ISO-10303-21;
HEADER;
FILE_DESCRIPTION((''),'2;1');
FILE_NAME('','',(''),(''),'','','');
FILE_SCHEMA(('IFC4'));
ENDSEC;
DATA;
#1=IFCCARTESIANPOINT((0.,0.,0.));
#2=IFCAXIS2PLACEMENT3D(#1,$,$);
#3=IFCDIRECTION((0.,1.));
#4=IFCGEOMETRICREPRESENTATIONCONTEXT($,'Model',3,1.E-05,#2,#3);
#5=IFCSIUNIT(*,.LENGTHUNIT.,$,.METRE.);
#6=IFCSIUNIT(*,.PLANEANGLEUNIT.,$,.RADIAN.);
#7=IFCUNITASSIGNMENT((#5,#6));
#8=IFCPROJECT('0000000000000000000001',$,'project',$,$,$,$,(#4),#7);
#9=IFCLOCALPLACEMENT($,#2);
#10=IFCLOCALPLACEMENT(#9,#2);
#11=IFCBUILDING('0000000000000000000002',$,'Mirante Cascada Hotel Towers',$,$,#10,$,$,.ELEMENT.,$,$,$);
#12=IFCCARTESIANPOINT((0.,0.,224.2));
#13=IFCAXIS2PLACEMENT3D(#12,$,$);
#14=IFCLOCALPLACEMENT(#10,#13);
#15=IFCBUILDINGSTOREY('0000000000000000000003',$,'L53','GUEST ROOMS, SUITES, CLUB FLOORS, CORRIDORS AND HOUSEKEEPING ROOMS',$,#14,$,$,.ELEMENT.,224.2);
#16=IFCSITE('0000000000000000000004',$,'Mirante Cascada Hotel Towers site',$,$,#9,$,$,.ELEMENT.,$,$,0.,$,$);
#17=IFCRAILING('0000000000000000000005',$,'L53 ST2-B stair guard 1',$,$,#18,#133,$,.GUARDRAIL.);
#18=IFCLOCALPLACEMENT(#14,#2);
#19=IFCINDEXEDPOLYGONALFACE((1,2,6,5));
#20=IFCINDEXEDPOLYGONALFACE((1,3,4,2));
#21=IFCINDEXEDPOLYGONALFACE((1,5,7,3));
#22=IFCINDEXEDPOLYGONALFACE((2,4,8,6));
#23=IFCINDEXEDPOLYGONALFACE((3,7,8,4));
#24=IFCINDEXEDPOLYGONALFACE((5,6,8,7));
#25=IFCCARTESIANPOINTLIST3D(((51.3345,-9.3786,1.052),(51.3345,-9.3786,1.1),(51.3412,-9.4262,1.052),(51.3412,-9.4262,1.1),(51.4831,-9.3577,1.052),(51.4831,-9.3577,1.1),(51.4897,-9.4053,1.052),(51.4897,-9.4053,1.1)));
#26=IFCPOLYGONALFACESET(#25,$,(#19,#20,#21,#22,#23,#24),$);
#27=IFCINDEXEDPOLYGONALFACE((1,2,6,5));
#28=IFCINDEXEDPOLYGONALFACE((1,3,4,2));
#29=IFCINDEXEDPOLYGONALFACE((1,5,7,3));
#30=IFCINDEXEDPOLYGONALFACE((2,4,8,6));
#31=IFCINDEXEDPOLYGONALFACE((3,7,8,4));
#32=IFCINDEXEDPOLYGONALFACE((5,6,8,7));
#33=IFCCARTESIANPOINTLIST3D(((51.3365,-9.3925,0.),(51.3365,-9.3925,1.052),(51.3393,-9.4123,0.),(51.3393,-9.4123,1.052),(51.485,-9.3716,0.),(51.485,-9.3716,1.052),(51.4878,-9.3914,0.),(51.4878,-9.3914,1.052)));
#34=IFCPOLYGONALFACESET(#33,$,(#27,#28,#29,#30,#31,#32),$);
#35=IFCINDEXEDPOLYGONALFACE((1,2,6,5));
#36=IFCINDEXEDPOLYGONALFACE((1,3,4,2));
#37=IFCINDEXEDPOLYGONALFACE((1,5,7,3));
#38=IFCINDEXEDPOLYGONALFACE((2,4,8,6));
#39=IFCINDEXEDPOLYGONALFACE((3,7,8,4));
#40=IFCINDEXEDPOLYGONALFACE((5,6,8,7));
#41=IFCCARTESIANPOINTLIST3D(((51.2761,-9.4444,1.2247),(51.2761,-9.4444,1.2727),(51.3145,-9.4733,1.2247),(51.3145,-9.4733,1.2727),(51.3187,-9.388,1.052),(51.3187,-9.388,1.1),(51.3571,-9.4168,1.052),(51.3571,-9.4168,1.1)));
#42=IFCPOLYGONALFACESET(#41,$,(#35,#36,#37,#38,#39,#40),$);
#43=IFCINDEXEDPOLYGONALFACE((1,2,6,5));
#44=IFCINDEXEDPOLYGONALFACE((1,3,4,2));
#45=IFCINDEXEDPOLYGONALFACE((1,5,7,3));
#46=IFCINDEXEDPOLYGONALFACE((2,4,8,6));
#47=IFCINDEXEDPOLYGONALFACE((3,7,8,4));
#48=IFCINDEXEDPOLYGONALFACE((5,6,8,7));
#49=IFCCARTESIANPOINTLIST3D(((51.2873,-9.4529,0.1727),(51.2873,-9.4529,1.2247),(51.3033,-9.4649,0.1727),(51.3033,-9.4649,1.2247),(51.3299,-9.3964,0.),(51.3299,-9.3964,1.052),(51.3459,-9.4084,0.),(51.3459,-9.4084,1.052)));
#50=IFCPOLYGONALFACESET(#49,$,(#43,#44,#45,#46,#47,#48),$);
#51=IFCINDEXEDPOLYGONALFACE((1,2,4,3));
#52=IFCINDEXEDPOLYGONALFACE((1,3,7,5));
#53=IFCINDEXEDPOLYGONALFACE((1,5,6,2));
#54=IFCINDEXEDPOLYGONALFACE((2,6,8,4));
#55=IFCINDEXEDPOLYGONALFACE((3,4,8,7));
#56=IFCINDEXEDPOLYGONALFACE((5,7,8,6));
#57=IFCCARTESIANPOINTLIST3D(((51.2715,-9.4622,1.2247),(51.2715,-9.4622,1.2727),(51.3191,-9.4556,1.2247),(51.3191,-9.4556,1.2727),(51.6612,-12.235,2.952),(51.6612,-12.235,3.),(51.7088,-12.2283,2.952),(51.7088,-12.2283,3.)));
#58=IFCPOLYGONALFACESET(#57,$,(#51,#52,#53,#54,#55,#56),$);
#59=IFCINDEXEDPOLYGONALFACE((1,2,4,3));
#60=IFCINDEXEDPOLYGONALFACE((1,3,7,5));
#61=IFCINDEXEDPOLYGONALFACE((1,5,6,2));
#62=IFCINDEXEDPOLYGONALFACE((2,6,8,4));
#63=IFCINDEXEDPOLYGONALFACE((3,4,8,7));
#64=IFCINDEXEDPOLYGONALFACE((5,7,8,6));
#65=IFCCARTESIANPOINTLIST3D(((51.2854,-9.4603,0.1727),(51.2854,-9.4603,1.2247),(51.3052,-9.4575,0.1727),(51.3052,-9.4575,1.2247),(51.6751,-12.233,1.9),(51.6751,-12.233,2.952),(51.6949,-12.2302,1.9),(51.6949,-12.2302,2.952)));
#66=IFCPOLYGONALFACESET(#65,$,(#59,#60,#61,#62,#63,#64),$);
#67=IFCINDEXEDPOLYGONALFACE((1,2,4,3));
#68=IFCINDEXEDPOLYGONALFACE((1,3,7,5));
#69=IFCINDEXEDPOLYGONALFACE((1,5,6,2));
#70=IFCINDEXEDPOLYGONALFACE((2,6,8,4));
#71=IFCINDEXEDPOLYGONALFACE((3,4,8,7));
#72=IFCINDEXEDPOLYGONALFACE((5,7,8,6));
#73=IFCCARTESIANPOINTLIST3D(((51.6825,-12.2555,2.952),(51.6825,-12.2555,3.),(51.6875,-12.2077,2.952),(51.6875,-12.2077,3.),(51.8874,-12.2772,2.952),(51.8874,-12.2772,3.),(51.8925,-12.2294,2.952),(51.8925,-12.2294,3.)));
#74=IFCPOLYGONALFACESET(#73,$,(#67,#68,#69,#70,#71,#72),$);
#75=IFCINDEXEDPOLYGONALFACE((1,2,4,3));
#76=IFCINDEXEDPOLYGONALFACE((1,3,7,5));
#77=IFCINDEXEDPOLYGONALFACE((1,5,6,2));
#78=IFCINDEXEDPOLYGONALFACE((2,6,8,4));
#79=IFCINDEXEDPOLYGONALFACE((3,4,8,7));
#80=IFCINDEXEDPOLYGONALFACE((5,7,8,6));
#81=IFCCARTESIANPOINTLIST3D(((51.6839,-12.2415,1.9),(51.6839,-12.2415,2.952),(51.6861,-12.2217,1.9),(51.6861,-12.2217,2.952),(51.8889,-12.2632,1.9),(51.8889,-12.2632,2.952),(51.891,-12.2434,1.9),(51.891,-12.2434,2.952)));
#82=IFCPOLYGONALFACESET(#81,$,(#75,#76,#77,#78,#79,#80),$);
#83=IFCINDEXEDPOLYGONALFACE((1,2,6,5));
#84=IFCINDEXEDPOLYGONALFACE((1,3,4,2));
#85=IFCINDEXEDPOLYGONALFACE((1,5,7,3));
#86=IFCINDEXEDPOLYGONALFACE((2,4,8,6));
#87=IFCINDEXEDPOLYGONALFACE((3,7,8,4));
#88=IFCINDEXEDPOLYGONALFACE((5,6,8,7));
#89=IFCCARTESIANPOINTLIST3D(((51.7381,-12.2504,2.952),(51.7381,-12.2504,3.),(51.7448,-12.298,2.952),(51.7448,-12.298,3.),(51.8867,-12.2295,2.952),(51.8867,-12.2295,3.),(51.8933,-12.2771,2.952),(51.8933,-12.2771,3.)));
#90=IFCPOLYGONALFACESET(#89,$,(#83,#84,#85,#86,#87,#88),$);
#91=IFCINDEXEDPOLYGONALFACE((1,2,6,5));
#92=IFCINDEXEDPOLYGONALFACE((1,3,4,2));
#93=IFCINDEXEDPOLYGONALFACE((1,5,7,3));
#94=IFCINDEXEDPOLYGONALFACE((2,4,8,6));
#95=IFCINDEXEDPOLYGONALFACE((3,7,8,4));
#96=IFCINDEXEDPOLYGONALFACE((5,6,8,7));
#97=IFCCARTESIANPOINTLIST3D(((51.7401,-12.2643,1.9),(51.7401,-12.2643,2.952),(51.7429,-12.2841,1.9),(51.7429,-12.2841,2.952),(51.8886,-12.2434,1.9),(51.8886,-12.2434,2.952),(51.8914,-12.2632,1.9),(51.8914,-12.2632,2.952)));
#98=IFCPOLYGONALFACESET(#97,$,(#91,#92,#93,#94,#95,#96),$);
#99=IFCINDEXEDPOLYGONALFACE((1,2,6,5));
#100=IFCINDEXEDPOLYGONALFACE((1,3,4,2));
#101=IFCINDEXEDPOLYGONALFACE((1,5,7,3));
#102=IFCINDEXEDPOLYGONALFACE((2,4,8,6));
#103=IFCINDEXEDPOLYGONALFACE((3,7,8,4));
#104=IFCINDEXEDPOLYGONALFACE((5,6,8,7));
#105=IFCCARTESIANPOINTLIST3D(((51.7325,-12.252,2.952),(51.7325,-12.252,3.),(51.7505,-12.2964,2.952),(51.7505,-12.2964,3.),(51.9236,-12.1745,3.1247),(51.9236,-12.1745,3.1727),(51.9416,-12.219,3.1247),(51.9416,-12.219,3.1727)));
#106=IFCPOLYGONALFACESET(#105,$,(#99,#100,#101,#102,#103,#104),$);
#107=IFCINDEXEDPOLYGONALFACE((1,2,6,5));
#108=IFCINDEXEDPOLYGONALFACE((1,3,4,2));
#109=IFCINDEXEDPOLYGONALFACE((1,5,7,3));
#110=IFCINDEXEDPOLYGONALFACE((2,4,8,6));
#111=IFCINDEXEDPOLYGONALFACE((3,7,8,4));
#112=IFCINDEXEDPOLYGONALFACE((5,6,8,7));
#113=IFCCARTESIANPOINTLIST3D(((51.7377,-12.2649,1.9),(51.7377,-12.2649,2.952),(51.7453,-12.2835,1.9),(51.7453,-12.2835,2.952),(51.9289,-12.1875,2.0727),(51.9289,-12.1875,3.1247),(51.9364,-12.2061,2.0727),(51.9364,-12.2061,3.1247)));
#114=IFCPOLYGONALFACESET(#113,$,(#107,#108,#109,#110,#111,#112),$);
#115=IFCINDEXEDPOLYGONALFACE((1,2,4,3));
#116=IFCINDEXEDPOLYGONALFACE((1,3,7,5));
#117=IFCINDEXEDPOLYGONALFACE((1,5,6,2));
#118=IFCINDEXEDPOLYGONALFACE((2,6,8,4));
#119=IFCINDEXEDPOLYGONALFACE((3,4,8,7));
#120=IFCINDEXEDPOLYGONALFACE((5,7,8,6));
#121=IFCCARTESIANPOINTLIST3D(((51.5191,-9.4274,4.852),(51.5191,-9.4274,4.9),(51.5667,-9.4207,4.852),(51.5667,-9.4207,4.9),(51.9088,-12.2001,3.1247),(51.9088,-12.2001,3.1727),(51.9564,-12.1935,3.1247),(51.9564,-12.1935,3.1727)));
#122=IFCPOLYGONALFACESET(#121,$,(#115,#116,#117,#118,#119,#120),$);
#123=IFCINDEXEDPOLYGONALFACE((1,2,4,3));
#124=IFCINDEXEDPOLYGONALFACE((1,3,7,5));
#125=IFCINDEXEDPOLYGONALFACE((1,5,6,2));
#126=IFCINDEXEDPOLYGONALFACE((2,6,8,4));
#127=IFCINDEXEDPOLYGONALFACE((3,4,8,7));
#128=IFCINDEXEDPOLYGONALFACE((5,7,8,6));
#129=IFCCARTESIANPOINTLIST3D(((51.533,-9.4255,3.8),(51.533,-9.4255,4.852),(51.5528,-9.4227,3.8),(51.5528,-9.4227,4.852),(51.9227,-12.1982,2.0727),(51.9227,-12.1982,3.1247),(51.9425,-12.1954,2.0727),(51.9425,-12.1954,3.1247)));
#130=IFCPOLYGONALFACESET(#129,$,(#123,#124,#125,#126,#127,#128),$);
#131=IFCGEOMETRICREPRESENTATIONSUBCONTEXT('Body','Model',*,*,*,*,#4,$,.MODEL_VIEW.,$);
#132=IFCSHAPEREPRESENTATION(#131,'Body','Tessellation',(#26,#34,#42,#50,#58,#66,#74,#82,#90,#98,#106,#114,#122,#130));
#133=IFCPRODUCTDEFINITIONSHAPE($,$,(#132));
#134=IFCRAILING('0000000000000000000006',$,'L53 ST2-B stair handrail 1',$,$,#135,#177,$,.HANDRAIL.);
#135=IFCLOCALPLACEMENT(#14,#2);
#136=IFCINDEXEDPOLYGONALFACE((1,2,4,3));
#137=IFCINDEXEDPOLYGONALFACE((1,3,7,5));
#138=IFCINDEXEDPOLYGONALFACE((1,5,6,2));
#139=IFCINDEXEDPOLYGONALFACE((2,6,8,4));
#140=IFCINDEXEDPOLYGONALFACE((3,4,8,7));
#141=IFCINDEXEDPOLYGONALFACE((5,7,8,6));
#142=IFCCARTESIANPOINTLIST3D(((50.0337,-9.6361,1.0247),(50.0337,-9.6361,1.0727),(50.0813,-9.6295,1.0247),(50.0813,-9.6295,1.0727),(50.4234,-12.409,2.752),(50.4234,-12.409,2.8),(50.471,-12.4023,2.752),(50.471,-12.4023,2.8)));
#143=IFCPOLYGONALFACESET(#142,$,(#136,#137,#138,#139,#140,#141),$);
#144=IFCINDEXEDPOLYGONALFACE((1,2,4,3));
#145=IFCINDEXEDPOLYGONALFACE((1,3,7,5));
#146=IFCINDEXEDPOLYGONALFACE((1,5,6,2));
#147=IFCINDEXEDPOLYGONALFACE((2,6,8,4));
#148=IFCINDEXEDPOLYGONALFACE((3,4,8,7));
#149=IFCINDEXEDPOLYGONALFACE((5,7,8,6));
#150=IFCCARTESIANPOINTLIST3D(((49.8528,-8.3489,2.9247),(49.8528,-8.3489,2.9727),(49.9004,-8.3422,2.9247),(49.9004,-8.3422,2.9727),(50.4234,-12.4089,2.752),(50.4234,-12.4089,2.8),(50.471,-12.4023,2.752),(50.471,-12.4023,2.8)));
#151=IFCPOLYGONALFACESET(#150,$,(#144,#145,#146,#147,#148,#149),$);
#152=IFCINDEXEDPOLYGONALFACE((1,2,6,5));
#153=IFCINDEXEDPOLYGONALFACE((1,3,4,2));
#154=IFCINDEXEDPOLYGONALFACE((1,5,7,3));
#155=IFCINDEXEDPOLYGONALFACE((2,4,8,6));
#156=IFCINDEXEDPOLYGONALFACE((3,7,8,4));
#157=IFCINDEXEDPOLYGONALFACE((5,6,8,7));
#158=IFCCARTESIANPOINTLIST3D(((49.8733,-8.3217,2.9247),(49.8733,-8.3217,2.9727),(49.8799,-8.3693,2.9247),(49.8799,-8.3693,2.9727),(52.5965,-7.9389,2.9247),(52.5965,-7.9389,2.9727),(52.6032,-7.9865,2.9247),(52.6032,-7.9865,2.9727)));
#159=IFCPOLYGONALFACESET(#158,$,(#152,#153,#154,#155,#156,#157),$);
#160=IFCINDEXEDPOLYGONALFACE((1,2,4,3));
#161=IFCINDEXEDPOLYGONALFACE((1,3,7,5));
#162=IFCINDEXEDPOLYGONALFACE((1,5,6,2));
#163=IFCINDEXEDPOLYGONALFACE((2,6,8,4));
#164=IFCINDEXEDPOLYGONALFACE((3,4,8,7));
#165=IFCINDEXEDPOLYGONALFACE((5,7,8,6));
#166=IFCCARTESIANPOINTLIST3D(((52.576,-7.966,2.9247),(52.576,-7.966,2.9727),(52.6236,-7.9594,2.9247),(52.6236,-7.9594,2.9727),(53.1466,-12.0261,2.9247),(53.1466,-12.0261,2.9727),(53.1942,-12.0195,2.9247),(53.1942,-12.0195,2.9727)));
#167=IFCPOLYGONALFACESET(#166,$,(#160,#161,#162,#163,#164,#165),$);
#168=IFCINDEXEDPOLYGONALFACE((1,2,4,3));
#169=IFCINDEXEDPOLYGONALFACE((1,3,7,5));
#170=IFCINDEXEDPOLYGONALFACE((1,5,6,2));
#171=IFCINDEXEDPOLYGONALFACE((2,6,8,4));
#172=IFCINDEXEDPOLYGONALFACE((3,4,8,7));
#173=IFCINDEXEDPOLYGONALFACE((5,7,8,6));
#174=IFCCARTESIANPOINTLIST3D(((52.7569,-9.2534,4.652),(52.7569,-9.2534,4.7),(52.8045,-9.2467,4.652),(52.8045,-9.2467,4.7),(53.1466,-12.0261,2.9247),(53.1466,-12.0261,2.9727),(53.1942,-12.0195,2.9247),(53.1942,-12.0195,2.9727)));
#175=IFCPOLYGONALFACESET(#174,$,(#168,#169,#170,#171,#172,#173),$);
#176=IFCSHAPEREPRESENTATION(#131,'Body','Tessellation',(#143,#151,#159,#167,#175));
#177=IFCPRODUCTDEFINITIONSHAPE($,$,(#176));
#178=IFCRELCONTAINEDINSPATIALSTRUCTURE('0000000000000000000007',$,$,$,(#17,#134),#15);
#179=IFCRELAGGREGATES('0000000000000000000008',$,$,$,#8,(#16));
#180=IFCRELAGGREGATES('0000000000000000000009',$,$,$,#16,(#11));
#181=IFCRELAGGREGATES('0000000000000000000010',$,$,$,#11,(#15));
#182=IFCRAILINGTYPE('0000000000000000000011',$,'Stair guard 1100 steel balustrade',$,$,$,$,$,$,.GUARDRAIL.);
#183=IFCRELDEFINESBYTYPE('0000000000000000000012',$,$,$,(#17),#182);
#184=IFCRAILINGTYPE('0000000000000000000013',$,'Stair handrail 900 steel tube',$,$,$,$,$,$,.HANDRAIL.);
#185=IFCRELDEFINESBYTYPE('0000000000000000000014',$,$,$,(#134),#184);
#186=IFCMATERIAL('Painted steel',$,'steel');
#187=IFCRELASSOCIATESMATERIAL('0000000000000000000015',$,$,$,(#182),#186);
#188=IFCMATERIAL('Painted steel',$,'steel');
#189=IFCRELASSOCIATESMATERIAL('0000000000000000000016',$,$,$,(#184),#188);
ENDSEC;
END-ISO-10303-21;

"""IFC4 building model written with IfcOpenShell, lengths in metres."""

from ifc_helpers import new_model, si_unit, direction, frame, origin, origin_2d, place, context, subcontext, project, spatial, rectangle, extrude, material, type_object, element, save


model = new_model("IFC4")

# Units and contexts
model_context = context("Model", 3, precision=1e-05, world=origin(), true_north=direction((0.0, 1.0)))
body_context = subcontext(model_context, "Body", "Model", "MODEL_VIEW")
ifc_project = project(units=[si_unit("LENGTHUNIT", "METRE"), si_unit("PLANEANGLEUNIT", "RADIAN")], contexts=[model_context])

# Site, building, storey
site_placement = place(None, origin())
site = spatial("IfcSite", under=ifc_project, at=site_placement, Name="Mirante Cascada Hotel Towers site", CompositionType="ELEMENT", RefElevation=0.0)
building_placement = place(site_placement, origin())
building = spatial("IfcBuilding", under=site, at=building_placement, Name="Mirante Cascada Hotel Towers", CompositionType="ELEMENT")
storey_placement = place(building_placement, frame((0.0, 0.0, 224.2)))
storey = spatial("IfcBuildingStorey", under=building, at=storey_placement, Name="L53", Description="GUEST ROOMS, SUITES, CLUB FLOORS, CORRIDORS AND HOUSEKEEPING ROOMS", CompositionType="ELEMENT", Elevation=224.2)

# Railings
ifc_material_1 = material(Name="Painted steel", Category="steel")
railing_type_1 = type_object("IfcRailingType", Name="Stair guard 1100 steel balustrade", PredefinedType="GUARDRAIL", material=ifc_material_1)
railing_1_placement = place(storey_placement, frame((51.4864, -9.3815, 0.0)))
element("IfcRailing", 1, at=railing_1_placement, inside=storey, type_object=railing_type_1, Name="L53 ST2-B stair guard 1", PredefinedType="GUARDRAIL", context=body_context, shape_type="SweptSolid", body=[
    extrude(rectangle(XDim=0.048, YDim=0.048, at=origin_2d()), frame((0.0, 0.0, 1.076), z_axis=(-0.990241, -0.139367, 0.0), x_axis=(0.139367, -0.990241, 0.0)), (0.0, 0.0, 1.0), 0.15),
    extrude(rectangle(XDim=0.02, YDim=1.052, at=origin_2d()), frame((0.0, 0.0, 0.526), z_axis=(-0.990241, -0.139367, 0.0), x_axis=(0.139367, -0.990241, 0.0)), (0.0, 0.0, 1.0), 0.15),
    extrude(rectangle(XDim=0.048, YDim=0.048, at=origin_2d()), frame((-0.1485, -0.0209, 1.076), z_axis=(-0.602033, -0.798471, 0.0), x_axis=(0.798471, -0.602033, 0.0)), (0.0, 0.92534, 0.379139), 0.1866),
    extrude(rectangle(XDim=0.02, YDim=1.052, at=origin_2d()), frame((-0.1485, -0.0209, 0.526), z_axis=(-0.602033, -0.798471, 0.0), x_axis=(0.798471, -0.602033, 0.0)), (0.0, 0.92534, 0.379139), 0.1866),
    extrude(rectangle(XDim=0.048, YDim=0.048, at=origin_2d()), frame((-0.1911, -0.0774, 1.2487), z_axis=(0.139181, -0.990267, 0.0), x_axis=(0.990267, 0.139181, 0.0)), (0.0, 0.525035, 0.851081), 3.2899),
    extrude(rectangle(XDim=0.02, YDim=1.052, at=origin_2d()), frame((-0.1911, -0.0774, 0.6987), z_axis=(0.139181, -0.990267, 0.0), x_axis=(0.990267, 0.139181, 0.0)), (0.0, 0.525035, 0.851081), 3.2899),
    extrude(rectangle(XDim=0.048, YDim=0.048, at=origin_2d()), frame((0.1986, -2.8501, 2.976), z_axis=(0.994444, -0.105266, 0.0), x_axis=(0.105266, 0.994444, 0.0)), (0.0, 0.0, 1.0), 0.2061),
    extrude(rectangle(XDim=0.02, YDim=1.052, at=origin_2d()), frame((0.1986, -2.8501, 2.426), z_axis=(0.994444, -0.105266, 0.0), x_axis=(0.105266, 0.994444, 0.0)), (0.0, 0.0, 1.0), 0.2061),
    extrude(rectangle(XDim=0.048, YDim=0.048, at=origin_2d()), frame((0.4036, -2.8718, 2.976), z_axis=(-0.990241, -0.139367, 0.0), x_axis=(0.139367, -0.990241, 0.0)), (0.0, 0.0, 1.0), 0.15),
    extrude(rectangle(XDim=0.02, YDim=1.052, at=origin_2d()), frame((0.4036, -2.8718, 2.426), z_axis=(-0.990241, -0.139367, 0.0), x_axis=(0.139367, -0.990241, 0.0)), (0.0, 0.0, 1.0), 0.15),
    extrude(rectangle(XDim=0.048, YDim=0.048, at=origin_2d()), frame((0.2551, -2.8927, 2.976), z_axis=(0.926862, 0.375401, 0.0), x_axis=(-0.375401, 0.926862, 0.0)), (0.0, 0.642122, 0.766603), 0.269),
    extrude(rectangle(XDim=0.02, YDim=1.052, at=origin_2d()), frame((0.2551, -2.8927, 2.426), z_axis=(0.926862, 0.375401, 0.0), x_axis=(-0.375401, 0.926862, 0.0)), (0.0, 0.642122, 0.766603), 0.269),
    extrude(rectangle(XDim=0.048, YDim=0.048, at=origin_2d()), frame((0.4462, -2.8153, 3.1487), z_axis=(-0.139181, 0.990267, 0.0), x_axis=(-0.990267, -0.139181, 0.0)), (0.0, 0.525035, 0.851081), 3.2899),
    extrude(rectangle(XDim=0.02, YDim=1.052, at=origin_2d()), frame((0.4462, -2.8153, 2.5987), z_axis=(-0.139181, 0.990267, 0.0), x_axis=(-0.990267, -0.139181, 0.0)), (0.0, 0.525035, 0.851081), 3.2899),
])
ifc_material_2 = material(Name="Painted steel", Category="steel")
railing_type_2 = type_object("IfcRailingType", Name="Stair handrail 900 steel tube", PredefinedType="HANDRAIL", material=ifc_material_2)
railing_2_placement = place(storey_placement, frame((50.0575, -9.6328, 0.1727)))
element("IfcRailing", 2, at=railing_2_placement, inside=storey, type_object=railing_type_2, Name="L53 ST2-B stair handrail 1", PredefinedType="HANDRAIL", context=body_context, shape_type="SweptSolid", body=[
    extrude(rectangle(XDim=0.048, YDim=0.048, at=origin_2d()), frame((0.0, 0.0, 0.876), z_axis=(0.139176, -0.990268, 0.0), x_axis=(0.990268, 0.139176, 0.0)), (0.0, 0.525021, 0.851089), 3.29),
    extrude(rectangle(XDim=0.048, YDim=0.048, at=origin_2d()), frame((0.3897, -2.7728, 2.6033), z_axis=(-0.139171, 0.990268, 0.0), x_axis=(-0.990268, -0.139171, 0.0)), (0.0, 0.042085, 0.999114), 4.1036),
    extrude(rectangle(XDim=0.048, YDim=0.048, at=origin_2d()), frame((-0.1809, 1.2873, 2.776), z_axis=(0.990264, 0.139201, 0.0), x_axis=(-0.139201, 0.990264, 0.0)), (0.0, 0.0, 1.0), 2.75),
    extrude(rectangle(XDim=0.048, YDim=0.048, at=origin_2d()), frame((2.5423, 1.6701, 2.776), z_axis=(0.139171, -0.990268, 0.0), x_axis=(0.990268, 0.139171, 0.0)), (0.0, 0.0, 1.0), 4.1),
    extrude(rectangle(XDim=0.048, YDim=0.048, at=origin_2d()), frame((3.1129, -2.39, 2.776), z_axis=(-0.139181, 0.990267, 0.0), x_axis=(-0.990267, -0.139181, 0.0)), (0.0, 0.525035, 0.851081), 3.2899),
])

save(model, "model.ifc")
